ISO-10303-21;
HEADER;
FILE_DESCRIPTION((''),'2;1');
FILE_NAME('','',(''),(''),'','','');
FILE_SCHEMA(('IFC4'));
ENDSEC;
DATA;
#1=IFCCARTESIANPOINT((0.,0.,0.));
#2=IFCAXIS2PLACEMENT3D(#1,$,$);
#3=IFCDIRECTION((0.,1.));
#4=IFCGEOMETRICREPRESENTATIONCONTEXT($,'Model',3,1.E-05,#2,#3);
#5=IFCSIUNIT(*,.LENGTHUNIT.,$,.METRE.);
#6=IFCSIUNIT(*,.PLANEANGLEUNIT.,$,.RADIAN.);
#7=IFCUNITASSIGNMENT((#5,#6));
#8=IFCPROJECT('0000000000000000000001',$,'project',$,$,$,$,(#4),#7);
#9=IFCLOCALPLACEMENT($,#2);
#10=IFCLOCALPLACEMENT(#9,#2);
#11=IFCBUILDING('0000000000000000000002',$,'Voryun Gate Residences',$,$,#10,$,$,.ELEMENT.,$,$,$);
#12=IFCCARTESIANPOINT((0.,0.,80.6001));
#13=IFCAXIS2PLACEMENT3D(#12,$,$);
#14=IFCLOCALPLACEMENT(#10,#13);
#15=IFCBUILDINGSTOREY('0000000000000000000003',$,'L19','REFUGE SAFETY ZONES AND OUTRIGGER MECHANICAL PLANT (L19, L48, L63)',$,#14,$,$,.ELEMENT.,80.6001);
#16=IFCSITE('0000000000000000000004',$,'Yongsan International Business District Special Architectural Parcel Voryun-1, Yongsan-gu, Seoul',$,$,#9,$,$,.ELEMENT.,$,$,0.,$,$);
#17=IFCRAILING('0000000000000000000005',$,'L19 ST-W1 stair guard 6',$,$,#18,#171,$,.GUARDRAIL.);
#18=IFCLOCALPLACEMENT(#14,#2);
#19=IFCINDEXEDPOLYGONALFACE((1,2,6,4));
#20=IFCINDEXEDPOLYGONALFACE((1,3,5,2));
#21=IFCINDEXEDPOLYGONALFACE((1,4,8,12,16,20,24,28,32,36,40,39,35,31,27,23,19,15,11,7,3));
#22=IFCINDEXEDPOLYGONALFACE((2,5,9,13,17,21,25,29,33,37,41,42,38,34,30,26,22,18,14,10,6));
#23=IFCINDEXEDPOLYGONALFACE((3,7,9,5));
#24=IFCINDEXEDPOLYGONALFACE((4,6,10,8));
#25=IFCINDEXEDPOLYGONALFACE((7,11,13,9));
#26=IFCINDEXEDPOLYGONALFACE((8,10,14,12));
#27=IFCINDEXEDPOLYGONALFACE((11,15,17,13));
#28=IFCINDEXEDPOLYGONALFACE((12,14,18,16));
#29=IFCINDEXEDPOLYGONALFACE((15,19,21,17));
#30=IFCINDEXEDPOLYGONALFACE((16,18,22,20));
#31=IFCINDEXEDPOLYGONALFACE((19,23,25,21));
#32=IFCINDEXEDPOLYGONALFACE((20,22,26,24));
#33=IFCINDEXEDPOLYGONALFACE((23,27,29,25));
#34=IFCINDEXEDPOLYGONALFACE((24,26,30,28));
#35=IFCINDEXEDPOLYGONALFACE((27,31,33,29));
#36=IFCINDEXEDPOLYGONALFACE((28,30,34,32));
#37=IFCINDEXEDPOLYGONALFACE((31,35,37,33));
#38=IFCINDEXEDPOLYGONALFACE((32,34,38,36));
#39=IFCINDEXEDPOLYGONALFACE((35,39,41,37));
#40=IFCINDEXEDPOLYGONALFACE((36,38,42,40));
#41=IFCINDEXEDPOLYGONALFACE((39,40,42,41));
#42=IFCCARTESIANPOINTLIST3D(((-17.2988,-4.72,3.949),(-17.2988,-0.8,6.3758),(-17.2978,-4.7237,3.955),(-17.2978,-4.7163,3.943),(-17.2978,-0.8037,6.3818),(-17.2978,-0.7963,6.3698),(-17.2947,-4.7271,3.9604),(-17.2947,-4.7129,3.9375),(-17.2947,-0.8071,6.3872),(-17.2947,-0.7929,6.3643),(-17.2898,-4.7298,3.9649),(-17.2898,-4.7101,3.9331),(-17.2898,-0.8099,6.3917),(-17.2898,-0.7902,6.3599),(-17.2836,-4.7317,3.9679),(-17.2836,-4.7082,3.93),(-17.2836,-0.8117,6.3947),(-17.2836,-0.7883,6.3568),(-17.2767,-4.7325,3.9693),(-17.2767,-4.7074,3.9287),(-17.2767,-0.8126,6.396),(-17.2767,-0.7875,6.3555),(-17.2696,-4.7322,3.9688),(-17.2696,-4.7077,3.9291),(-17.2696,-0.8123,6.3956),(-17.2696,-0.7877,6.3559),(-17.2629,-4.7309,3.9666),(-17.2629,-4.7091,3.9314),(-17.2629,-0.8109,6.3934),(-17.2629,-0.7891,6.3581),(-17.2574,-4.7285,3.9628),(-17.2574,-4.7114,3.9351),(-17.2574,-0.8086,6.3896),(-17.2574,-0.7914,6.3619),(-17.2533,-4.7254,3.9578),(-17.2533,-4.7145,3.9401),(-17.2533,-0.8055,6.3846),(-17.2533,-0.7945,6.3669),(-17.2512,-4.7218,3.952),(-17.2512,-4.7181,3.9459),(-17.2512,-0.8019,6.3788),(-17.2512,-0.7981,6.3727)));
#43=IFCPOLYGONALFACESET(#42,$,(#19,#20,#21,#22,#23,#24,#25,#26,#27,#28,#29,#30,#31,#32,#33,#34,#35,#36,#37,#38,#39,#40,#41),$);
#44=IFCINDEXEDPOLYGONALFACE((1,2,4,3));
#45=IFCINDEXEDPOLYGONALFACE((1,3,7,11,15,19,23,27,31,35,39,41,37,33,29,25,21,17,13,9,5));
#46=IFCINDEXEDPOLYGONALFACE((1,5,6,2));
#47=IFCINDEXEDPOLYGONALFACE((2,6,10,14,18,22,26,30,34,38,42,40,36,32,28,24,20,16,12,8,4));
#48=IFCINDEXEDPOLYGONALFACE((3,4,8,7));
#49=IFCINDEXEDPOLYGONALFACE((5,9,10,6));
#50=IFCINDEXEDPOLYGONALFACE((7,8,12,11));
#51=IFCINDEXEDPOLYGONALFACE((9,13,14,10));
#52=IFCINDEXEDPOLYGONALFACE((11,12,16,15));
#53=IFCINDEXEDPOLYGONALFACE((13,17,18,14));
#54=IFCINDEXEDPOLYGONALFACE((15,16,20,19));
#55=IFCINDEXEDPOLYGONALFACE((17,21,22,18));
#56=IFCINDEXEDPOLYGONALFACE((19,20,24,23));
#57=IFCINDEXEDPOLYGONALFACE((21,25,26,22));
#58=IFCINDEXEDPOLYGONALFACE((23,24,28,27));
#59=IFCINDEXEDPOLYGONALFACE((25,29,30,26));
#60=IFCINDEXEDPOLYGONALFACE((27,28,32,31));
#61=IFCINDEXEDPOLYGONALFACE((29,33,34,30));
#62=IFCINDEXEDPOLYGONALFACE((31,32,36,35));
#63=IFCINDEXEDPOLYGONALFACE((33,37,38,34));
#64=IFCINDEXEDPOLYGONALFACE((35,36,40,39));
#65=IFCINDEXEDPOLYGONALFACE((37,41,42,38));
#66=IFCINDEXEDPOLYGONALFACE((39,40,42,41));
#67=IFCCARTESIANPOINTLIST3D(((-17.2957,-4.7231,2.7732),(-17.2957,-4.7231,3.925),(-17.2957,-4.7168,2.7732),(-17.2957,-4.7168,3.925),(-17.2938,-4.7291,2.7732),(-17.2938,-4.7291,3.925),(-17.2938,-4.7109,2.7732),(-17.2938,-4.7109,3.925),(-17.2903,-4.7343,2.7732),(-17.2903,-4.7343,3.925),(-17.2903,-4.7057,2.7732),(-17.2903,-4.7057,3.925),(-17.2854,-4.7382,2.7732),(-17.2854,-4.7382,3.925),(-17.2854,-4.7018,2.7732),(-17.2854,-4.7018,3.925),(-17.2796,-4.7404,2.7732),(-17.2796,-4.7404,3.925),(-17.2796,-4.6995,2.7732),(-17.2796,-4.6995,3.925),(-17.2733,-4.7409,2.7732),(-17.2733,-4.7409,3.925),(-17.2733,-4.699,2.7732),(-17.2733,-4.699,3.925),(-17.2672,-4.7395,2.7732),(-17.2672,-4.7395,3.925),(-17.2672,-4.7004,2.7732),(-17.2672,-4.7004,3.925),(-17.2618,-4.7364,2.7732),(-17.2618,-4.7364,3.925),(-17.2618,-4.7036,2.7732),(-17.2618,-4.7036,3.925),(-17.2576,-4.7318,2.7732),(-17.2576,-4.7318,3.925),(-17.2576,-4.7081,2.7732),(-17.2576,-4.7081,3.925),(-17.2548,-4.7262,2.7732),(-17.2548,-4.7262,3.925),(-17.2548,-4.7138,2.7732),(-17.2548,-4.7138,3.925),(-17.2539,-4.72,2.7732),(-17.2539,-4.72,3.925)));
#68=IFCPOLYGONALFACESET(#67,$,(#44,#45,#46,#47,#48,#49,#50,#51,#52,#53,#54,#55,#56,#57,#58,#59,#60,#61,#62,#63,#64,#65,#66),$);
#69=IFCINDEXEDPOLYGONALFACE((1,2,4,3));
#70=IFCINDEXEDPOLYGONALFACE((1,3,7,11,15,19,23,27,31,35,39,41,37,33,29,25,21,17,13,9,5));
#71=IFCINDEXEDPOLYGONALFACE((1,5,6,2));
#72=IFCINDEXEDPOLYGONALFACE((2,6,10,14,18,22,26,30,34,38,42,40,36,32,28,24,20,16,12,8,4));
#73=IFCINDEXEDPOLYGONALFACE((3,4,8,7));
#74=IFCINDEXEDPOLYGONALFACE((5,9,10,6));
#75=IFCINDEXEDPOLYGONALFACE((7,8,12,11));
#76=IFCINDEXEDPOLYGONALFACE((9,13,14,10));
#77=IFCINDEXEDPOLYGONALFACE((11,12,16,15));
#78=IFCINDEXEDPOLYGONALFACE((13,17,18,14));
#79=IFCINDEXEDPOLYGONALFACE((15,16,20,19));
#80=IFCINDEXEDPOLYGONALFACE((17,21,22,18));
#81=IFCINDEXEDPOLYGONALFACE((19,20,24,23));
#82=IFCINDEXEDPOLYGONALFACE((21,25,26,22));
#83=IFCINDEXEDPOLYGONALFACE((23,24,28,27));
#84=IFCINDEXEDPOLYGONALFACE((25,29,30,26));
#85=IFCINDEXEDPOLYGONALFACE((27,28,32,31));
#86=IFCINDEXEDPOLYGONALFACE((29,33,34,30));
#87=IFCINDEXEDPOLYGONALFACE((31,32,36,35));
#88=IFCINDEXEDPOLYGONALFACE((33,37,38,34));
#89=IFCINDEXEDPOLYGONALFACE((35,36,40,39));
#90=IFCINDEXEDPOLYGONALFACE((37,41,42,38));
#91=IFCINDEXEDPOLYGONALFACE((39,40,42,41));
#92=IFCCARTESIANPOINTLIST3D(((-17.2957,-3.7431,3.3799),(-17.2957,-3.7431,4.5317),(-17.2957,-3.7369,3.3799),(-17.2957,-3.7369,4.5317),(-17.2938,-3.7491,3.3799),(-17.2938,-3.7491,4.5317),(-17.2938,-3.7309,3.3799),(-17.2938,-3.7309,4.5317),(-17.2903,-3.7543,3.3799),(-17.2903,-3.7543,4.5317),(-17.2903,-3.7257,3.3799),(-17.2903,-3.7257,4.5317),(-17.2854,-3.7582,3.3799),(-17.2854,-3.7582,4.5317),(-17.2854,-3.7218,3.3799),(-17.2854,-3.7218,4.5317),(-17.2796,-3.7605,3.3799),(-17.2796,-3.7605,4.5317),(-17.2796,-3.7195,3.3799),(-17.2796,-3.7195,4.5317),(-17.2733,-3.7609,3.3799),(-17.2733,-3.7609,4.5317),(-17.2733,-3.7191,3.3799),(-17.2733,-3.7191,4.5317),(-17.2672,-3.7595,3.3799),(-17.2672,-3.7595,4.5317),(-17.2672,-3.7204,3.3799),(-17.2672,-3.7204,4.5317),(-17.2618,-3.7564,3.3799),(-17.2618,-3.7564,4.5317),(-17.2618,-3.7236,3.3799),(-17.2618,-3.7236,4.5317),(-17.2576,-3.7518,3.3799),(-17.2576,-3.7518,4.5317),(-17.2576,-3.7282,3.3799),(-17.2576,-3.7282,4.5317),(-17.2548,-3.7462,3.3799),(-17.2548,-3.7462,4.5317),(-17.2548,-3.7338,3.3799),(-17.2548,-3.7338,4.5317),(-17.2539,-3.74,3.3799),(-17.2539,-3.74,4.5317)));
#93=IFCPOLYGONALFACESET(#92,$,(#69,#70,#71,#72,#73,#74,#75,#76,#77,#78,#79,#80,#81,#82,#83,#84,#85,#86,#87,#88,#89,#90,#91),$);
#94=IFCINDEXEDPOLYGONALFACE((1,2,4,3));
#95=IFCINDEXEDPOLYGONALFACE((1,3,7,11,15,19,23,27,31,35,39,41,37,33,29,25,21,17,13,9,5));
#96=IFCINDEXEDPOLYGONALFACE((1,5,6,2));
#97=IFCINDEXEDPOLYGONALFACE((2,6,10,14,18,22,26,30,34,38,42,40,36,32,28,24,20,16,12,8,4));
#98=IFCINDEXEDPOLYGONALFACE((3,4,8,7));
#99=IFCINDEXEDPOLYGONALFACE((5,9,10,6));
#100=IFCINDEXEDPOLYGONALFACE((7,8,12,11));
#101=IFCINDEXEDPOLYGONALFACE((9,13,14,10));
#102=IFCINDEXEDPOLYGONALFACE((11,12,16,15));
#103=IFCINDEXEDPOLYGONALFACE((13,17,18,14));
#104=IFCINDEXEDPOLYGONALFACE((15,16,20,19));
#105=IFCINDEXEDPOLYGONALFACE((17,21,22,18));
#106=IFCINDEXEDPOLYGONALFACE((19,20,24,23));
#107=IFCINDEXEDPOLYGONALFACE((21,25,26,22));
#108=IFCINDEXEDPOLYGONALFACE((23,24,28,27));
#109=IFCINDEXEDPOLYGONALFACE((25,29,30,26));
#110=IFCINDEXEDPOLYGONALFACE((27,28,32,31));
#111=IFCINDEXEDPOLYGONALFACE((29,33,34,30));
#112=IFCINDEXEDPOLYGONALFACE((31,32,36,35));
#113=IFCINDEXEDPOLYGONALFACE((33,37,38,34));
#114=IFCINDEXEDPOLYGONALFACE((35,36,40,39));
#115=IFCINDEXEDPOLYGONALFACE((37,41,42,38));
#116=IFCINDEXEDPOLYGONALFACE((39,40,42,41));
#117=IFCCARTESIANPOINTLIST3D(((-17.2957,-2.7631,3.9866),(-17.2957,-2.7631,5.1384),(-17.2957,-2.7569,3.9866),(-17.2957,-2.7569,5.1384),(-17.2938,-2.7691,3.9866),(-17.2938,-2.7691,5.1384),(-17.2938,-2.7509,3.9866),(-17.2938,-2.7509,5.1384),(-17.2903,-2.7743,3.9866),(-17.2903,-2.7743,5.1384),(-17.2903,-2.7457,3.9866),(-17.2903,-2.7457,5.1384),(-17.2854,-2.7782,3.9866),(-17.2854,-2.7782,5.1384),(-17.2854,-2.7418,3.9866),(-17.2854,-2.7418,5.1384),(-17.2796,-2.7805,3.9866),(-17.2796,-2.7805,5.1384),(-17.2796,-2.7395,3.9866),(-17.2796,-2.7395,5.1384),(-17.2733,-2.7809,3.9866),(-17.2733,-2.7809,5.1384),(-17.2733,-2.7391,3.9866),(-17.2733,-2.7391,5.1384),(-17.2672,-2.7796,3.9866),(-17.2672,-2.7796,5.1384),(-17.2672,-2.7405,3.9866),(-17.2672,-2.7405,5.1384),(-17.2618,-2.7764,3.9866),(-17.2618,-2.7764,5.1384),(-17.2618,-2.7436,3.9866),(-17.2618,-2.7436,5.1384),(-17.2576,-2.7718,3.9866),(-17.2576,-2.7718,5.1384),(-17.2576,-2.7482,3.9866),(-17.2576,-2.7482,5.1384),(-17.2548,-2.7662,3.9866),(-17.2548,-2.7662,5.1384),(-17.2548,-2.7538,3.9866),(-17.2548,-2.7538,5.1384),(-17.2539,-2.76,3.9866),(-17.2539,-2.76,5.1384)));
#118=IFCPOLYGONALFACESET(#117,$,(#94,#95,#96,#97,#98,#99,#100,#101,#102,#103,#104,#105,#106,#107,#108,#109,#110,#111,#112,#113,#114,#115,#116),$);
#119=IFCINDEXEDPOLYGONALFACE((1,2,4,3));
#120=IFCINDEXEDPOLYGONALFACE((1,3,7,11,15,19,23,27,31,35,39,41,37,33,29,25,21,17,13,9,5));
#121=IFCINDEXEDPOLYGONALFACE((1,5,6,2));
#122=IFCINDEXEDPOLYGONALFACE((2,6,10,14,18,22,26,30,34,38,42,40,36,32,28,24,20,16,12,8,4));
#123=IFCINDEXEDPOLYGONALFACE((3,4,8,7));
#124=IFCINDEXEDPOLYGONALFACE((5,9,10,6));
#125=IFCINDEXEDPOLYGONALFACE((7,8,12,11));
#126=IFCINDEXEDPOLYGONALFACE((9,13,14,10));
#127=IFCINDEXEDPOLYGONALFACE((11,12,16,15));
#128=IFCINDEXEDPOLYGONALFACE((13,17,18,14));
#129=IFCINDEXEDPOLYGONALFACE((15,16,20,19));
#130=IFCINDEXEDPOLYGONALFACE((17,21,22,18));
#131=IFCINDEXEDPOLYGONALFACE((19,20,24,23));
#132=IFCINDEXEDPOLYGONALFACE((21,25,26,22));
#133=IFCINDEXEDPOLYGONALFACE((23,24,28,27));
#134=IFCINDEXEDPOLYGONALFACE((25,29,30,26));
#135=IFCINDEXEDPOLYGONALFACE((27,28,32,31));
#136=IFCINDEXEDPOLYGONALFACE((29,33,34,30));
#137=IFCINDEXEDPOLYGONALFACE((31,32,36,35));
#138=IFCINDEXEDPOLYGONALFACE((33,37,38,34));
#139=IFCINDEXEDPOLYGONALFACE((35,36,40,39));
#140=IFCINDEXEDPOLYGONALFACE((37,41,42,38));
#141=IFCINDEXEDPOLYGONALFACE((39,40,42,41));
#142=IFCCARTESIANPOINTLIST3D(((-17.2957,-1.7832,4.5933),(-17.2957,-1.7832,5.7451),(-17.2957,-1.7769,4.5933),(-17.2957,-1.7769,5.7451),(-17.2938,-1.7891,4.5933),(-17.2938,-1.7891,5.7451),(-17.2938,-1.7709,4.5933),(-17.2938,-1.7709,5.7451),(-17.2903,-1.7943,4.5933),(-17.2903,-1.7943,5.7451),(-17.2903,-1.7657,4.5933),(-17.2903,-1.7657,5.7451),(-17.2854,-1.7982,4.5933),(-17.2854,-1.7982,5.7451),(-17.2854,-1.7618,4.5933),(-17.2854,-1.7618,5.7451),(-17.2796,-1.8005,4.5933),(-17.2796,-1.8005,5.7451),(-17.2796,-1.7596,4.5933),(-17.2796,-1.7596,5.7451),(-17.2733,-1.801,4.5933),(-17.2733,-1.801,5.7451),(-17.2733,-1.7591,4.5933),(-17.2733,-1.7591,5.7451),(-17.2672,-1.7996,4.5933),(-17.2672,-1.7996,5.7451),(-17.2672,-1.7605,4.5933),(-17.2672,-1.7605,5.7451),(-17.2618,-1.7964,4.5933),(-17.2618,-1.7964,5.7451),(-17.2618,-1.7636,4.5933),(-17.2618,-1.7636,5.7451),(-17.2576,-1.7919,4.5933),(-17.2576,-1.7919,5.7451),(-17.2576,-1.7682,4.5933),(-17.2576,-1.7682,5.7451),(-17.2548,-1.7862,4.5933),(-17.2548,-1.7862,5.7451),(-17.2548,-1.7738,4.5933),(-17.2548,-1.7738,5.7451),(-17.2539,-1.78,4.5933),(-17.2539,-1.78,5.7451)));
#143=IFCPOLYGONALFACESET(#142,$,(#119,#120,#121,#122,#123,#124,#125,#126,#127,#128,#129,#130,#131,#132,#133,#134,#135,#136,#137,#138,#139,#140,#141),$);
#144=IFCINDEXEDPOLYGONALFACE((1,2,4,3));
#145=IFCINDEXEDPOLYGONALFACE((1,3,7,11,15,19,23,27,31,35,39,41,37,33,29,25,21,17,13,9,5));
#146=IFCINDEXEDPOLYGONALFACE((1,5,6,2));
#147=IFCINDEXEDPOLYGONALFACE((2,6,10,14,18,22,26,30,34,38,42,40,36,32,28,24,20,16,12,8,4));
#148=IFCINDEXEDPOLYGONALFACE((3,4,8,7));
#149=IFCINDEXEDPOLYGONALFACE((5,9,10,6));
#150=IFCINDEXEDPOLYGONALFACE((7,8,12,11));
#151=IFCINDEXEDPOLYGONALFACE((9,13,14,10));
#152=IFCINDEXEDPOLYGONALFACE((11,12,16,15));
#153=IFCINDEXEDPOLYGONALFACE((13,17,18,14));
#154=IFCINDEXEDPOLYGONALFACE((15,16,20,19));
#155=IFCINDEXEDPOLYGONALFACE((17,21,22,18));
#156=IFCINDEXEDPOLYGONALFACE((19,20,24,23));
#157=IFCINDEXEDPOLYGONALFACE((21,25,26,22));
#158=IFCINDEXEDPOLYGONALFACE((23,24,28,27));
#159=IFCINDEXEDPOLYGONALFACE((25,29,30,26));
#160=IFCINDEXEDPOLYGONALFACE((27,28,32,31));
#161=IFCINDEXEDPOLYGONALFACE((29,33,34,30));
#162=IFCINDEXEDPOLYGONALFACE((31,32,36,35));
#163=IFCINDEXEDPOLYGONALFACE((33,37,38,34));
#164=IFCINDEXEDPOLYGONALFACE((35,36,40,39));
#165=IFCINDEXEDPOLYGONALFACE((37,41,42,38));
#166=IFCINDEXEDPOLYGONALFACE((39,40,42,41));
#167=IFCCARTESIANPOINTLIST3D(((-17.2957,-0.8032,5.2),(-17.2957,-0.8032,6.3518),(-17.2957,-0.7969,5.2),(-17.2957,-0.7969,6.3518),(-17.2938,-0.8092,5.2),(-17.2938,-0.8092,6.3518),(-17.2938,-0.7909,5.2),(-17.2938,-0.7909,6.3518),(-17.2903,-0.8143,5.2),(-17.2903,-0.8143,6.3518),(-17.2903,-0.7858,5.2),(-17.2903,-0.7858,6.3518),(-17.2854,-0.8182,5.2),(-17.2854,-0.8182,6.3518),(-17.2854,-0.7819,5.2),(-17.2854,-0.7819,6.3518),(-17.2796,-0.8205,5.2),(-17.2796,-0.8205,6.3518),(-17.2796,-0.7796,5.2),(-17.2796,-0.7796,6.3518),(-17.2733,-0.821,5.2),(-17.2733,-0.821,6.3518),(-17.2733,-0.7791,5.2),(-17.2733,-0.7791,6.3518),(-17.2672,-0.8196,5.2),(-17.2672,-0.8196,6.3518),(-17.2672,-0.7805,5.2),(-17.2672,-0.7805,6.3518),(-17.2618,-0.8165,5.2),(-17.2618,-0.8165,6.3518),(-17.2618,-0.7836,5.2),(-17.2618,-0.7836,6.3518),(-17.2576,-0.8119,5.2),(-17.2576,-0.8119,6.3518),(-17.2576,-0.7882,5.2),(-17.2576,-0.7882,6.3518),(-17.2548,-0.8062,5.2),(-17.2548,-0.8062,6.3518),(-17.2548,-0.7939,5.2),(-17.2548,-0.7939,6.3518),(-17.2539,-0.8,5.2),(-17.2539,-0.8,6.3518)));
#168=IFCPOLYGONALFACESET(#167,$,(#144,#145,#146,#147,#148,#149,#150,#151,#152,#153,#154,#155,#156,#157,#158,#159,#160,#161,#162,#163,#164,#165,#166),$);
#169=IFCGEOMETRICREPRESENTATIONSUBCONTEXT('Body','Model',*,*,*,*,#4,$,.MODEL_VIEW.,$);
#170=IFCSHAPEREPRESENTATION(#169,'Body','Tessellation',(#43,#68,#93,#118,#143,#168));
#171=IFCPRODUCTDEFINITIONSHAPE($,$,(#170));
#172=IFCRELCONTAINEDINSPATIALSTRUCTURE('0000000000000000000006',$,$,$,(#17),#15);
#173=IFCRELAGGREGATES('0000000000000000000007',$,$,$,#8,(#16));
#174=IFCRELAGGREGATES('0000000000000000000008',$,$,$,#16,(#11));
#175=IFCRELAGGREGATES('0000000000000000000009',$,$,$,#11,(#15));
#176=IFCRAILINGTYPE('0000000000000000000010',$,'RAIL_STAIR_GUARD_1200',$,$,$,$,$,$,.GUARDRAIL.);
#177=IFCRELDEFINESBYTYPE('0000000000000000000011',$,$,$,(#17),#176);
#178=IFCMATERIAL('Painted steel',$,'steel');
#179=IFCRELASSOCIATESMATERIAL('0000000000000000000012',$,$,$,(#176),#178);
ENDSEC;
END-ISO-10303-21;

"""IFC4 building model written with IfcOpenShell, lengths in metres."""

from ifc_helpers import new_model, si_unit, direction, frame, origin, origin_2d, place, context, subcontext, project, spatial, circle, extrude, material, type_object, element, save


model = new_model("IFC4")

# Units and contexts
model_context = context("Model", 3, precision=1e-05, world=origin(), true_north=direction((0.0, 1.0)))
body_context = subcontext(model_context, "Body", "Model", "MODEL_VIEW")
ifc_project = project(units=[si_unit("LENGTHUNIT", "METRE"), si_unit("PLANEANGLEUNIT", "RADIAN")], contexts=[model_context])

# Site, building, storey
site_placement = place(None, origin())
site = spatial("IfcSite", under=ifc_project, at=site_placement, Name="Yongsan International Business District Special Architectural Parcel Voryun-1, Yongsan-gu, Seoul", CompositionType="ELEMENT", RefElevation=0.0)
building_placement = place(site_placement, origin())
building = spatial("IfcBuilding", under=site, at=building_placement, Name="Voryun Gate Residences", CompositionType="ELEMENT")
storey_placement = place(building_placement, frame((0.0, 0.0, 80.6001)))
storey = spatial("IfcBuildingStorey", under=building, at=storey_placement, Name="L19", Description="REFUGE SAFETY ZONES AND OUTRIGGER MECHANICAL PLANT (L19, L48, L63)", CompositionType="ELEMENT", Elevation=80.6001)

# Railing
ifc_material_1 = material(Name="Painted steel", Category="steel")
railing_type_1 = type_object("IfcRailingType", Name="RAIL_STAIR_GUARD_1200", PredefinedType="GUARDRAIL", material=ifc_material_1)
railing_1_placement = place(storey_placement, frame((-17.2749, -4.72, 2.7732)))
element("IfcRailing", 1, at=railing_1_placement, inside=storey, type_object=railing_type_1, Name="L19 ST-W1 stair guard 6", PredefinedType="GUARDRAIL", context=body_context, shape_type="SweptSolid", body=[
    extrude(circle(Radius=0.0239, at=origin_2d()), frame((0.0, 0.0, 1.1758), z_axis=(0.0, 0.850252, 0.526376), x_axis=(-1.0, 0.0, 0.0)), (0.0, 0.0, 1.0), 4.6104),
    extrude(circle(Radius=0.021, at=origin_2d()), origin(), (0.0, 0.0, 1.0), 1.1519),
    extrude(circle(Radius=0.021, at=origin_2d()), frame((0.0, 0.98, 0.6067)), (0.0, 0.0, 1.0), 1.1519),
    extrude(circle(Radius=0.021, at=origin_2d()), frame((0.0, 1.96, 1.2134)), (0.0, 0.0, 1.0), 1.1519),
    extrude(circle(Radius=0.021, at=origin_2d()), frame((0.0, 2.9399, 1.8201)), (0.0, 0.0, 1.0), 1.1519),
    extrude(circle(Radius=0.021, at=origin_2d()), frame((0.0, 3.9199, 2.4268)), (0.0, 0.0, 1.0), 1.1519),
])

save(model, "model.ifc")
